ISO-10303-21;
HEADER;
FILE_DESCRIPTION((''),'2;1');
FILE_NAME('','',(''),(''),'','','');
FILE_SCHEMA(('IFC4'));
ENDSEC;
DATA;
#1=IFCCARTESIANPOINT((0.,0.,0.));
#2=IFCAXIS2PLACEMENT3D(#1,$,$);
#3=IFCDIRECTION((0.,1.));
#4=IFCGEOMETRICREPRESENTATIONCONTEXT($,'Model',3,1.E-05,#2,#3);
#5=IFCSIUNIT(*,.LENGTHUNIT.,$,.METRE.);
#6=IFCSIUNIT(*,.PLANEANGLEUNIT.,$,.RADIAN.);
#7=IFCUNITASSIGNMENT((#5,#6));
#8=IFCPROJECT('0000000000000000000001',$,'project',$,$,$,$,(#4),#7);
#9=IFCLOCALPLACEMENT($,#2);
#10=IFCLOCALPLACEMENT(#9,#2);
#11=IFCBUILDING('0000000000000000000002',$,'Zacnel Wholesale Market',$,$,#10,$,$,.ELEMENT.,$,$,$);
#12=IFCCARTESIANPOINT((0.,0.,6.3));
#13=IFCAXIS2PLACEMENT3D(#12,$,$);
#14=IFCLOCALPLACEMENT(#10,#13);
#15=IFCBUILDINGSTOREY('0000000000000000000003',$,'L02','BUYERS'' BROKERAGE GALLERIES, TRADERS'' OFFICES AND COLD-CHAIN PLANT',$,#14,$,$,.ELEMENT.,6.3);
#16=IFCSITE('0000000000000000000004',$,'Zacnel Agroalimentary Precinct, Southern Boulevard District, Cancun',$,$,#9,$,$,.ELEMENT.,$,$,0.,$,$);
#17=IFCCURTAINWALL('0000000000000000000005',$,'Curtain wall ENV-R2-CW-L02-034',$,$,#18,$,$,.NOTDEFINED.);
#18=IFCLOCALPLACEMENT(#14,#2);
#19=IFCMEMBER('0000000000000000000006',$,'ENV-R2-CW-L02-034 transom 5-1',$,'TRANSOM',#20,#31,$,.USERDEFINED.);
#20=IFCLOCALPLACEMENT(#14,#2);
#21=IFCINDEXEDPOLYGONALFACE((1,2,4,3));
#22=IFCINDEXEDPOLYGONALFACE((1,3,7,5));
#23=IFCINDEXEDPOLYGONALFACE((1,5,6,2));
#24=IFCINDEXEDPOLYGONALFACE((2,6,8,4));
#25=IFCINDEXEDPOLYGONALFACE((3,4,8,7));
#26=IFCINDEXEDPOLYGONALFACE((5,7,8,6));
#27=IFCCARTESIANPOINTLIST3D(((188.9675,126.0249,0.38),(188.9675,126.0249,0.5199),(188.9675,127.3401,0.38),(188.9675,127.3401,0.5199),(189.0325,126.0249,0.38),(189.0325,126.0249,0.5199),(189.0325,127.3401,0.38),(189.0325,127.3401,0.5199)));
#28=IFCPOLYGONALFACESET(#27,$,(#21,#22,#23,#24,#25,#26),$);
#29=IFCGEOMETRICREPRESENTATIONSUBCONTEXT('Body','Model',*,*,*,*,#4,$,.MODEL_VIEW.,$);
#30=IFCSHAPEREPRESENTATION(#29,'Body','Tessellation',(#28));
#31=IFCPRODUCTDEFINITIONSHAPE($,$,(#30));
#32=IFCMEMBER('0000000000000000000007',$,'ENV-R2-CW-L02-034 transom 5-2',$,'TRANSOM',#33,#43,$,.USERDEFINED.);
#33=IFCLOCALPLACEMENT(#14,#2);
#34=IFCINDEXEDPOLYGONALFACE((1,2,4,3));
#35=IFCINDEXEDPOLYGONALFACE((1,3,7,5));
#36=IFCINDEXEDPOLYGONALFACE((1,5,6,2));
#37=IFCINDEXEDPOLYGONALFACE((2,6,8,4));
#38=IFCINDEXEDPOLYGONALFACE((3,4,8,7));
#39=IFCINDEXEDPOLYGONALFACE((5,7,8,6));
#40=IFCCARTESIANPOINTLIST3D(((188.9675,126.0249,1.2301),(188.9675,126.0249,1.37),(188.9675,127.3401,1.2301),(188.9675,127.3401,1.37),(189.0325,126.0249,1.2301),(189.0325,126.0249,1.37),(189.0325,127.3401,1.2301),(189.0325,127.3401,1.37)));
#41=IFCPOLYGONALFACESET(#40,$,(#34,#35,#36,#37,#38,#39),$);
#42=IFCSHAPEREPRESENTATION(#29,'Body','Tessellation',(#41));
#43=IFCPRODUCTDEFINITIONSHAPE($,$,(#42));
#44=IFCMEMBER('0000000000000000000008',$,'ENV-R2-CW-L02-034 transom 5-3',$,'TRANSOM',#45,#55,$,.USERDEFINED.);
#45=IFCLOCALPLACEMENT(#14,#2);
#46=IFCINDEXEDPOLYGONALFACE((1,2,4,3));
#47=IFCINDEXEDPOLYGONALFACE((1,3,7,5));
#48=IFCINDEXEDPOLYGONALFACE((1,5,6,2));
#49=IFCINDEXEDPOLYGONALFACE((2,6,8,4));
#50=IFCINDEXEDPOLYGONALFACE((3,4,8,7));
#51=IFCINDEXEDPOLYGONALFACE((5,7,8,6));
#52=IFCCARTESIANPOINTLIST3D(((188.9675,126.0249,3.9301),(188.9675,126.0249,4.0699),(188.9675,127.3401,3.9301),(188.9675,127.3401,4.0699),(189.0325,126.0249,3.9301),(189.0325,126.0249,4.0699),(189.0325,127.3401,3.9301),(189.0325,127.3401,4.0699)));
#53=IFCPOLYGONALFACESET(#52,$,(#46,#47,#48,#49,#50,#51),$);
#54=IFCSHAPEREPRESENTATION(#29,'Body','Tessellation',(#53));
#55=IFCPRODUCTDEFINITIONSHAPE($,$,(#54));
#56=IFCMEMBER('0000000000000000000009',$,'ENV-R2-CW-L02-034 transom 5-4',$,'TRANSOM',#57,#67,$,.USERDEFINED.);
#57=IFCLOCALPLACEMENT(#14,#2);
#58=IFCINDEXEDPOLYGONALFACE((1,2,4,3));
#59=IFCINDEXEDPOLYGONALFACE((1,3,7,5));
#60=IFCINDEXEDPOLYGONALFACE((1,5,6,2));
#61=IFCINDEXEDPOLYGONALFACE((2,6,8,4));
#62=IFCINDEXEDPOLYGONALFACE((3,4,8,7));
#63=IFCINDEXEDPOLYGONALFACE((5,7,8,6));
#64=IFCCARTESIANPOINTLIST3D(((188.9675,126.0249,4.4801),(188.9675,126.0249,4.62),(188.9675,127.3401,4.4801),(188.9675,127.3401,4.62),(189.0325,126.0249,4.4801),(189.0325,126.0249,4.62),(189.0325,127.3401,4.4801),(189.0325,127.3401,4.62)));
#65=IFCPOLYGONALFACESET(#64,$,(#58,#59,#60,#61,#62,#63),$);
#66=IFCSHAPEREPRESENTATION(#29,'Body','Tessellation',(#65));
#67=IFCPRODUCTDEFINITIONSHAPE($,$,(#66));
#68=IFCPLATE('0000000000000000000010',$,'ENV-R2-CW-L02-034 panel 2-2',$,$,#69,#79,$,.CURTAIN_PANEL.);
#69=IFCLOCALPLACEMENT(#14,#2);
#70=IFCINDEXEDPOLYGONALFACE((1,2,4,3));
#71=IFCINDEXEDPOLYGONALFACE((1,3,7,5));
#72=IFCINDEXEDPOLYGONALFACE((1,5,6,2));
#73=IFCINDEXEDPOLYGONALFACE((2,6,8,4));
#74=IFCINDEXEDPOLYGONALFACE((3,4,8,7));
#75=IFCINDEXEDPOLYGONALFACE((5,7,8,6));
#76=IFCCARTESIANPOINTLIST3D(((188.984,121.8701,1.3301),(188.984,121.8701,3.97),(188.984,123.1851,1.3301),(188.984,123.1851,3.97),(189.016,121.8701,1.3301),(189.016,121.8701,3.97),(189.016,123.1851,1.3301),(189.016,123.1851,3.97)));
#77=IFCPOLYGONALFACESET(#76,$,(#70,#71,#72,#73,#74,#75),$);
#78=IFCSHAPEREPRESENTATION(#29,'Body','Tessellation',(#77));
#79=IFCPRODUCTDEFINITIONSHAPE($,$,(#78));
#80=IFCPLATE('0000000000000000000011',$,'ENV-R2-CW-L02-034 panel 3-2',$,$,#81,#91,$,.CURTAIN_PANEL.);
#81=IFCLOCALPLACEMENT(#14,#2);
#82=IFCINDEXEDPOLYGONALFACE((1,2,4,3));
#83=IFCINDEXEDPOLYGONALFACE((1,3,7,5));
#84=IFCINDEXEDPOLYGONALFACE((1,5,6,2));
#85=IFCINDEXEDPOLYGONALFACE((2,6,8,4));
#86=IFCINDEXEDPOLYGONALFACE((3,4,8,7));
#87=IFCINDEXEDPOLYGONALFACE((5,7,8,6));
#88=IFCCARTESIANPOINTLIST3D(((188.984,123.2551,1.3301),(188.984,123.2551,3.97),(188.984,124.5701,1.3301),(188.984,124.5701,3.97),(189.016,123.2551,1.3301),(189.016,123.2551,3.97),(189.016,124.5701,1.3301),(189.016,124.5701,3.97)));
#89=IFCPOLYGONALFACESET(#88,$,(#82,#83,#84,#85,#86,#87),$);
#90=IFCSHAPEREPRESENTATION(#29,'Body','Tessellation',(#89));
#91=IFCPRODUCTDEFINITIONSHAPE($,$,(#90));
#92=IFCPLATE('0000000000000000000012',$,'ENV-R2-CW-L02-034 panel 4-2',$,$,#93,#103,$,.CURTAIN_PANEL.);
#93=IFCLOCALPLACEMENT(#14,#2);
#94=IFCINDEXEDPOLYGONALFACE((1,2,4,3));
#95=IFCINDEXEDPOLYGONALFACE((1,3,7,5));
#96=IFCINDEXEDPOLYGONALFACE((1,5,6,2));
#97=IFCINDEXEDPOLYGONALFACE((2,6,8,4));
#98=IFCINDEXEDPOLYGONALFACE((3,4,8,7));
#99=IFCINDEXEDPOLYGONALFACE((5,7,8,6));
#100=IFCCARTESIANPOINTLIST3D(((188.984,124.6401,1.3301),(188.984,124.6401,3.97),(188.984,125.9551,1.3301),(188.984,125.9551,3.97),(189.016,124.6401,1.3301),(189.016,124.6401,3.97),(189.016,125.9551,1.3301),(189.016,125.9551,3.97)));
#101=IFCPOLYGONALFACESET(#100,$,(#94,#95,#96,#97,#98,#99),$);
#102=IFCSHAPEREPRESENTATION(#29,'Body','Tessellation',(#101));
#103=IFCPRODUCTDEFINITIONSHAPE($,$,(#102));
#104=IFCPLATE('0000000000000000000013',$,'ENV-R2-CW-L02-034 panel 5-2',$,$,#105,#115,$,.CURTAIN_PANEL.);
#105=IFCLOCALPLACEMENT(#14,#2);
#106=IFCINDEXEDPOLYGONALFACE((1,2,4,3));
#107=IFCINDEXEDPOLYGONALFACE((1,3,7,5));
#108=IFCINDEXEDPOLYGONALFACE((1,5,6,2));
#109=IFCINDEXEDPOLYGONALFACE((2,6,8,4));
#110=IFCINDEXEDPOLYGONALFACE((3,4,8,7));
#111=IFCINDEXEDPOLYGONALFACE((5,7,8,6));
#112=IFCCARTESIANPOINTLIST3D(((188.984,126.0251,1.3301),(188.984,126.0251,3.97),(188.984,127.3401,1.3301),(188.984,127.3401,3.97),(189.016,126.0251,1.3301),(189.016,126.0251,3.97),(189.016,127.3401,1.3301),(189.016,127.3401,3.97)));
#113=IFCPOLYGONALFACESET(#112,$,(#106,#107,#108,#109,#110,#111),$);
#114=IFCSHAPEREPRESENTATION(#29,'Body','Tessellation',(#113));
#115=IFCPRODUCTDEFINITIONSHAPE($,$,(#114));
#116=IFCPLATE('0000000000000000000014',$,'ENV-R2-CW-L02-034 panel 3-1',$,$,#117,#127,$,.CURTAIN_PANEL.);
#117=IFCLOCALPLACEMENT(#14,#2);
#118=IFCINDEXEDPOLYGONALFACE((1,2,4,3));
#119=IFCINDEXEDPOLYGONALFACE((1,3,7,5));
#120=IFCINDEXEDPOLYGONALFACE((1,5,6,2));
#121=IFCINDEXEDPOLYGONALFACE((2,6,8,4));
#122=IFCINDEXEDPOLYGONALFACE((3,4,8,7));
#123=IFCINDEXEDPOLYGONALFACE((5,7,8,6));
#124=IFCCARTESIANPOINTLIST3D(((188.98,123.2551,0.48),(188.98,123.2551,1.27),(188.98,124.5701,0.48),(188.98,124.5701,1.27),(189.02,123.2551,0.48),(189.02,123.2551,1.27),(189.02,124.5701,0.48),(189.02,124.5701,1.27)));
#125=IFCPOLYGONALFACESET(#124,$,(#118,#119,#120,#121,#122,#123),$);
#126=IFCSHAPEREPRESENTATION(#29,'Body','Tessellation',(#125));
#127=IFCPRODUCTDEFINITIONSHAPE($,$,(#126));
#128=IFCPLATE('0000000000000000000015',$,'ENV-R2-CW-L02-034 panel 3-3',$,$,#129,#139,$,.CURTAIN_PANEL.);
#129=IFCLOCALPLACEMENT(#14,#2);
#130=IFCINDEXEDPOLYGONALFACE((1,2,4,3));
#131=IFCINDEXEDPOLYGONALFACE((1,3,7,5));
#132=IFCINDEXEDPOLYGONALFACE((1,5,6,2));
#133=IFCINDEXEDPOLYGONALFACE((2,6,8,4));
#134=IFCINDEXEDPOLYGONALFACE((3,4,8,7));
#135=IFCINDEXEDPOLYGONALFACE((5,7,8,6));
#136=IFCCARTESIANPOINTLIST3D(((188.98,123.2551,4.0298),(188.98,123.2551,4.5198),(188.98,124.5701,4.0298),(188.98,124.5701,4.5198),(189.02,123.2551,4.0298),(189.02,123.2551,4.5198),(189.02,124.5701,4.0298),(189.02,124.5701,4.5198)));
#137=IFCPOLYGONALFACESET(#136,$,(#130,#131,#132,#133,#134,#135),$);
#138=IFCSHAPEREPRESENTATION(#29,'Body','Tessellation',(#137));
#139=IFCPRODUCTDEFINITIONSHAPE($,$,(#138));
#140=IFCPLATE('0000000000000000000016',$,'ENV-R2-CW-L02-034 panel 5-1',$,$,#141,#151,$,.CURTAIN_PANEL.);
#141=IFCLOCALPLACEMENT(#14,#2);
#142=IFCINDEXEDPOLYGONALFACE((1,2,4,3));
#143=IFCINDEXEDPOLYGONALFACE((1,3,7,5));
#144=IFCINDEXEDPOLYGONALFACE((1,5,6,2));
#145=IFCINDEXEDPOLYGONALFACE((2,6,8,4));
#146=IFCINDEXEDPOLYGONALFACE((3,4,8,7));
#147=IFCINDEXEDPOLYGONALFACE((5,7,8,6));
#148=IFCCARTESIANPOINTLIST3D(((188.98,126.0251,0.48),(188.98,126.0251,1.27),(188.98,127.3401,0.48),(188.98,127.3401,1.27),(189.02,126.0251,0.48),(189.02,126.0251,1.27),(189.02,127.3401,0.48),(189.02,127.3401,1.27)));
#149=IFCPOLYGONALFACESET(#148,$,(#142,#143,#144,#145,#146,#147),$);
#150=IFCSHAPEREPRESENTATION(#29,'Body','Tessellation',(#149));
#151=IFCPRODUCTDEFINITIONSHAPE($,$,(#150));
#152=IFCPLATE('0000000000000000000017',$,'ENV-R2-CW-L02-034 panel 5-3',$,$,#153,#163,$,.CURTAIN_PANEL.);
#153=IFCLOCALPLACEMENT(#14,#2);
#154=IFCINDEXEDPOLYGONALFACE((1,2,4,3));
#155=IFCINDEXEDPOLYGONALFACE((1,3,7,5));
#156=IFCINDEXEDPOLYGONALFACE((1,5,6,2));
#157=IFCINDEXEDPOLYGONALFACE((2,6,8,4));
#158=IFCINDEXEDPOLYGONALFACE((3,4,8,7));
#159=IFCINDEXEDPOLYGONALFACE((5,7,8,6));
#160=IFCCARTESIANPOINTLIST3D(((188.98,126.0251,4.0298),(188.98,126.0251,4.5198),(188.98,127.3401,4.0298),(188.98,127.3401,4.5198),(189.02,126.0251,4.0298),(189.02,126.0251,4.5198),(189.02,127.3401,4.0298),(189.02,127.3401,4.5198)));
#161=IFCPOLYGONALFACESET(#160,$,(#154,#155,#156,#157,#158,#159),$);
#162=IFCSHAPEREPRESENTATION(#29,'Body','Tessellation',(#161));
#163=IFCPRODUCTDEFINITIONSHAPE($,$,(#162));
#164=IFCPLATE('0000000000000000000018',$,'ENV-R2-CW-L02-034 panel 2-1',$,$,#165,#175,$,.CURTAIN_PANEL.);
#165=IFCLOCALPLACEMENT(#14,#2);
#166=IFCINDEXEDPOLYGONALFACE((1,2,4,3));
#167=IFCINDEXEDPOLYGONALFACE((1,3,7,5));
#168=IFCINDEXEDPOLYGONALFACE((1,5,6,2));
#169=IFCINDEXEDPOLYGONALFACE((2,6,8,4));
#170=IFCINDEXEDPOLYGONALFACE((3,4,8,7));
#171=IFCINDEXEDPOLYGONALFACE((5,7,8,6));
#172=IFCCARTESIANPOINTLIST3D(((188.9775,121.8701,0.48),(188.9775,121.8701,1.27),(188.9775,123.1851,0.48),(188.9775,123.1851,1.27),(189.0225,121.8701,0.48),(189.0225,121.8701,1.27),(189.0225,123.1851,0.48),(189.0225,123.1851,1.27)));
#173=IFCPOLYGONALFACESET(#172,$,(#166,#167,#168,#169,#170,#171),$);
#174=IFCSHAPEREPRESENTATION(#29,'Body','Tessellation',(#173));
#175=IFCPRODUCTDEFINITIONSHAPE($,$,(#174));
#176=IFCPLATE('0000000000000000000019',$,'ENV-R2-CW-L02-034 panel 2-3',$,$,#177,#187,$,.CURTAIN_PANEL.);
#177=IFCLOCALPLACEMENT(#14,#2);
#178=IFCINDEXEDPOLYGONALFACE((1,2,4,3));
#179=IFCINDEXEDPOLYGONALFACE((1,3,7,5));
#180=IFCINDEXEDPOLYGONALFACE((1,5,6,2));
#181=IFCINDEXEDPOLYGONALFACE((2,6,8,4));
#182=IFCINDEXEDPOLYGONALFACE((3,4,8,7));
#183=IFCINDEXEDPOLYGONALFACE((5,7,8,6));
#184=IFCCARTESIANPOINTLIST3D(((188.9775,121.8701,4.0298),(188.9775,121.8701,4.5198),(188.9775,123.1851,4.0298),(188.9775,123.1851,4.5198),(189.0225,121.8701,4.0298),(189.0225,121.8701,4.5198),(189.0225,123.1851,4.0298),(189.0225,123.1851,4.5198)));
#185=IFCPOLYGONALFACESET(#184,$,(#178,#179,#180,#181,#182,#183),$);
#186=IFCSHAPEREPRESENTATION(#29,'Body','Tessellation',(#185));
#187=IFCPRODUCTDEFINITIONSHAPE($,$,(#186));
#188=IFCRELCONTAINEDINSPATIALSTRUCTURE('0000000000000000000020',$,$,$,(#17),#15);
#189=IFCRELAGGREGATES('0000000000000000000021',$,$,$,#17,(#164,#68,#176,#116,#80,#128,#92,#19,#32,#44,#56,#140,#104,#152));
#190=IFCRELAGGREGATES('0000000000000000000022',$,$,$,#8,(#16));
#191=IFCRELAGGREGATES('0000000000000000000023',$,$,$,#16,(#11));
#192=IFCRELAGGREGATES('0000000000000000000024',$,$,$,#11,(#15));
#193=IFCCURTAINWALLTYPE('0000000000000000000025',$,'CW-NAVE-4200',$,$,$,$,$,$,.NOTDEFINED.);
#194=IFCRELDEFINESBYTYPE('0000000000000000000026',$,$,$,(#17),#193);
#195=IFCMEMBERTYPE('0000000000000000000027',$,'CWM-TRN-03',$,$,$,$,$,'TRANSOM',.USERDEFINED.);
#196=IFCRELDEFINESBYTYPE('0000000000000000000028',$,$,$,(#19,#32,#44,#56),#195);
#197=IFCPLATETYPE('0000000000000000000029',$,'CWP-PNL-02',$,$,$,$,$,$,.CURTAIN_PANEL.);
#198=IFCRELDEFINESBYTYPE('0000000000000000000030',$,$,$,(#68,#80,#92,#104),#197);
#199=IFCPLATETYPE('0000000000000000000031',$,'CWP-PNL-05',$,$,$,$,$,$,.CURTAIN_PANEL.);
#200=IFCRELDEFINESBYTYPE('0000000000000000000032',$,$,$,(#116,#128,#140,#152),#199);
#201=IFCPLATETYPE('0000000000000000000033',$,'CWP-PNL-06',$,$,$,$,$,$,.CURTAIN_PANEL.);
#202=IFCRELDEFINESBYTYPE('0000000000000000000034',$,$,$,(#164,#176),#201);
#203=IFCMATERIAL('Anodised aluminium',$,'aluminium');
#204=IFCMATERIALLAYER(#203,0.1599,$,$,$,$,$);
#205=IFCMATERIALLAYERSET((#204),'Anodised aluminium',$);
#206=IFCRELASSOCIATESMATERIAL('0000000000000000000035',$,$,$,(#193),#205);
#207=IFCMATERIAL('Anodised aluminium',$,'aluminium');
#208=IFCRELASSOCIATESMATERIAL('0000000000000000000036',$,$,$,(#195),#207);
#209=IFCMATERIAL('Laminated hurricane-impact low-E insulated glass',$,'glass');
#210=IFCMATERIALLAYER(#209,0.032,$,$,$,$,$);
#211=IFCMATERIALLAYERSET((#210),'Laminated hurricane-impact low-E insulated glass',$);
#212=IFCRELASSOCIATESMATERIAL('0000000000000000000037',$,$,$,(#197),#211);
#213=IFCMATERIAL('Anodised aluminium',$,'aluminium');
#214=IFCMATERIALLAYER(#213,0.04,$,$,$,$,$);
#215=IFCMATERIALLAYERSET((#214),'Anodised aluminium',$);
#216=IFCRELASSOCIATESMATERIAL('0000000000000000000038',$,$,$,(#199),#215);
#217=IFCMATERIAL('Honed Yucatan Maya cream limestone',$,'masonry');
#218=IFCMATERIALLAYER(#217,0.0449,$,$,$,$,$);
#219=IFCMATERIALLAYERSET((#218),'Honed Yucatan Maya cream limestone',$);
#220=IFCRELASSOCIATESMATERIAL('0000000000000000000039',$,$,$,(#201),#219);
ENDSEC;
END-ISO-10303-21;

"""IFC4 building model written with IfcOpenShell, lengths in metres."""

from ifc_helpers import new_model, si_unit, direction, frame, origin, origin_2d, place, context, subcontext, project, spatial, rectangle, extrude, material, layer, layer_set, material_profile, profile_set, type_object, element, aggregate, save


model = new_model("IFC4")

# Units and contexts
model_context = context("Model", 3, precision=1e-05, world=origin(), true_north=direction((0.0, 1.0)))
body_context = subcontext(model_context, "Body", "Model", "MODEL_VIEW")
ifc_project = project(units=[si_unit("LENGTHUNIT", "METRE"), si_unit("PLANEANGLEUNIT", "RADIAN")], contexts=[model_context])

# Site, building, storey
site_placement = place(None, origin())
site = spatial("IfcSite", under=ifc_project, at=site_placement, Name="Zacnel Agroalimentary Precinct, Southern Boulevard District, Cancun", CompositionType="ELEMENT", RefElevation=0.0)
building_placement = place(site_placement, origin())
building = spatial("IfcBuilding", under=site, at=building_placement, Name="Zacnel Wholesale Market", CompositionType="ELEMENT")
storey_placement = place(building_placement, frame((0.0, 0.0, 6.3)))
storey = spatial("IfcBuildingStorey", under=building, at=storey_placement, Name="L02", Description="BUYERS' BROKERAGE GALLERIES, TRADERS' OFFICES AND COLD-CHAIN PLANT", CompositionType="ELEMENT", Elevation=6.3)

# Curtain wall, members, plates
ifc_material_1 = material(Name="Anodised aluminium", Category="aluminium")
ifc_layer_1 = layer(ifc_material_1, 0.1599)
ifc_layer_set_1 = layer_set([ifc_layer_1], Name="Anodised aluminium")
curtain_wall_type = type_object("IfcCurtainWallType", Name="CW-NAVE-4200", PredefinedType="NOTDEFINED", material=ifc_layer_set_1)
curtain_wall_placement = place(storey_placement, origin())
curtain_wall = element("IfcCurtainWall", 1, at=curtain_wall_placement, inside=storey, type_object=curtain_wall_type, Name="Curtain wall ENV-R2-CW-L02-034", PredefinedType="NOTDEFINED")
ifc_material_2 = material(Name="Anodised aluminium", Category="aluminium")
ifc_material_profile_1 = material_profile(ifc_material_2, rectangle(XDim=0.0649, YDim=0.1399, at=origin_2d()), Name="AW-TRANSOM 65x140")
ifc_profile_set_1 = profile_set([ifc_material_profile_1], Name="Anodised aluminium")
member_type_1 = type_object("IfcMemberType", Name="CWM-TRN-03", ElementType="TRANSOM", PredefinedType="USERDEFINED", material=ifc_profile_set_1)
member_1_placement = place(storey_placement, frame((189.0, 126.0249, 0.45), z_axis=(0.0, 1.0, 0.0), x_axis=(-1.0, 0.0, 0.0)))
member_1 = element("IfcMember", 2, at=member_1_placement, type_object=member_type_1, Name="ENV-R2-CW-L02-034 transom 5-1", ObjectType="TRANSOM", PredefinedType="USERDEFINED", context=body_context, shape_type="SweptSolid", body=[
    extrude(rectangle(XDim=0.0649, YDim=0.1399, at=origin_2d()), origin(), (0.0, 0.0, 1.0), 1.3152),
])
member_2_placement = place(storey_placement, frame((189.0, 126.0249, 1.3), z_axis=(0.0, 1.0, 0.0), x_axis=(-1.0, 0.0, 0.0)))
member_2 = element("IfcMember", 3, at=member_2_placement, type_object=member_type_1, Name="ENV-R2-CW-L02-034 transom 5-2", ObjectType="TRANSOM", PredefinedType="USERDEFINED", context=body_context, shape_type="SweptSolid", body=[
    extrude(rectangle(XDim=0.0649, YDim=0.1399, at=origin_2d()), origin(), (0.0, 0.0, 1.0), 1.3152),
])
member_3_placement = place(storey_placement, frame((189.0, 126.0249, 4.0), z_axis=(0.0, 1.0, 0.0), x_axis=(-1.0, 0.0, 0.0)))
member_3 = element("IfcMember", 4, at=member_3_placement, type_object=member_type_1, Name="ENV-R2-CW-L02-034 transom 5-3", ObjectType="TRANSOM", PredefinedType="USERDEFINED", context=body_context, shape_type="SweptSolid", body=[
    extrude(rectangle(XDim=0.0649, YDim=0.1399, at=origin_2d()), origin(), (0.0, 0.0, 1.0), 1.3152),
])
member_4_placement = place(storey_placement, frame((189.0, 126.0249, 4.55), z_axis=(0.0, 1.0, 0.0), x_axis=(-1.0, 0.0, 0.0)))
member_4 = element("IfcMember", 5, at=member_4_placement, type_object=member_type_1, Name="ENV-R2-CW-L02-034 transom 5-4", ObjectType="TRANSOM", PredefinedType="USERDEFINED", context=body_context, shape_type="SweptSolid", body=[
    extrude(rectangle(XDim=0.0649, YDim=0.1399, at=origin_2d()), origin(), (0.0, 0.0, 1.0), 1.3152),
])
ifc_material_3 = material(Name="Laminated hurricane-impact low-E insulated glass", Category="glass")
ifc_layer_2 = layer(ifc_material_3, 0.032)
ifc_layer_set_2 = layer_set([ifc_layer_2], Name="Laminated hurricane-impact low-E insulated glass")
plate_type_1 = type_object("IfcPlateType", Name="CWP-PNL-02", PredefinedType="CURTAIN_PANEL", material=ifc_layer_set_2)
plate_1_placement = place(storey_placement, frame((189.0, 122.5276, 1.3301), z_axis=(0.0, 0.0, 1.0), x_axis=(0.0, 1.0, 0.0)))
plate_1 = element("IfcPlate", 6, at=plate_1_placement, type_object=plate_type_1, Name="ENV-R2-CW-L02-034 panel 2-2", PredefinedType="CURTAIN_PANEL", context=body_context, shape_type="SweptSolid", body=[
    extrude(rectangle(XDim=1.3149, YDim=0.032, at=origin_2d()), origin(), (0.0, 0.0, 1.0), 2.6399),
])
plate_2_placement = place(storey_placement, frame((189.0, 123.9126, 1.3301), z_axis=(0.0, 0.0, 1.0), x_axis=(0.0, 1.0, 0.0)))
plate_2 = element("IfcPlate", 7, at=plate_2_placement, type_object=plate_type_1, Name="ENV-R2-CW-L02-034 panel 3-2", PredefinedType="CURTAIN_PANEL", context=body_context, shape_type="SweptSolid", body=[
    extrude(rectangle(XDim=1.3149, YDim=0.032, at=origin_2d()), origin(), (0.0, 0.0, 1.0), 2.6399),
])
plate_3_placement = place(storey_placement, frame((189.0, 125.2976, 1.3301), z_axis=(0.0, 0.0, 1.0), x_axis=(0.0, 1.0, 0.0)))
plate_3 = element("IfcPlate", 8, at=plate_3_placement, type_object=plate_type_1, Name="ENV-R2-CW-L02-034 panel 4-2", PredefinedType="CURTAIN_PANEL", context=body_context, shape_type="SweptSolid", body=[
    extrude(rectangle(XDim=1.3149, YDim=0.032, at=origin_2d()), origin(), (0.0, 0.0, 1.0), 2.6399),
])
plate_4_placement = place(storey_placement, frame((189.0, 126.6826, 1.3301), z_axis=(0.0, 0.0, 1.0), x_axis=(0.0, 1.0, 0.0)))
plate_4 = element("IfcPlate", 9, at=plate_4_placement, type_object=plate_type_1, Name="ENV-R2-CW-L02-034 panel 5-2", PredefinedType="CURTAIN_PANEL", context=body_context, shape_type="SweptSolid", body=[
    extrude(rectangle(XDim=1.3149, YDim=0.032, at=origin_2d()), origin(), (0.0, 0.0, 1.0), 2.6399),
])
ifc_material_4 = material(Name="Anodised aluminium", Category="aluminium")
ifc_layer_3 = layer(ifc_material_4, 0.04)
ifc_layer_set_3 = layer_set([ifc_layer_3], Name="Anodised aluminium")
plate_type_2 = type_object("IfcPlateType", Name="CWP-PNL-05", PredefinedType="CURTAIN_PANEL", material=ifc_layer_set_3)
plate_5_placement = place(storey_placement, frame((189.0, 123.9126, 0.48), z_axis=(0.0, 0.0, 1.0), x_axis=(0.0, 1.0, 0.0)))
plate_5 = element("IfcPlate", 10, at=plate_5_placement, type_object=plate_type_2, Name="ENV-R2-CW-L02-034 panel 3-1", PredefinedType="CURTAIN_PANEL", context=body_context, shape_type="SweptSolid", body=[
    extrude(rectangle(XDim=1.3149, YDim=0.04, at=origin_2d()), origin(), (0.0, 0.0, 1.0), 0.79),
])
plate_6_placement = place(storey_placement, frame((189.0, 123.9126, 4.0298), z_axis=(0.0, 0.0, 1.0), x_axis=(0.0, 1.0, 0.0)))
plate_6 = element("IfcPlate", 11, at=plate_6_placement, type_object=plate_type_2, Name="ENV-R2-CW-L02-034 panel 3-3", PredefinedType="CURTAIN_PANEL", context=body_context, shape_type="SweptSolid", body=[
    extrude(rectangle(XDim=1.3149, YDim=0.04, at=origin_2d()), origin(), (0.0, 0.0, 1.0), 0.49),
])
plate_7_placement = place(storey_placement, frame((189.0, 126.6826, 0.48), z_axis=(0.0, 0.0, 1.0), x_axis=(0.0, 1.0, 0.0)))
plate_7 = element("IfcPlate", 12, at=plate_7_placement, type_object=plate_type_2, Name="ENV-R2-CW-L02-034 panel 5-1", PredefinedType="CURTAIN_PANEL", context=body_context, shape_type="SweptSolid", body=[
    extrude(rectangle(XDim=1.3149, YDim=0.04, at=origin_2d()), origin(), (0.0, 0.0, 1.0), 0.79),
])
plate_8_placement = place(storey_placement, frame((189.0, 126.6826, 4.0298), z_axis=(0.0, 0.0, 1.0), x_axis=(0.0, 1.0, 0.0)))
plate_8 = element("IfcPlate", 13, at=plate_8_placement, type_object=plate_type_2, Name="ENV-R2-CW-L02-034 panel 5-3", PredefinedType="CURTAIN_PANEL", context=body_context, shape_type="SweptSolid", body=[
    extrude(rectangle(XDim=1.3149, YDim=0.04, at=origin_2d()), origin(), (0.0, 0.0, 1.0), 0.49),
])
ifc_material_5 = material(Name="Honed Yucatan Maya cream limestone", Category="masonry")
ifc_layer_4 = layer(ifc_material_5, 0.0449)
ifc_layer_set_4 = layer_set([ifc_layer_4], Name="Honed Yucatan Maya cream limestone")
plate_type_3 = type_object("IfcPlateType", Name="CWP-PNL-06", PredefinedType="CURTAIN_PANEL", material=ifc_layer_set_4)
plate_9_placement = place(storey_placement, frame((189.0, 122.5276, 0.48), z_axis=(0.0, 0.0, 1.0), x_axis=(0.0, 1.0, 0.0)))
plate_9 = element("IfcPlate", 14, at=plate_9_placement, type_object=plate_type_3, Name="ENV-R2-CW-L02-034 panel 2-1", PredefinedType="CURTAIN_PANEL", context=body_context, shape_type="SweptSolid", body=[
    extrude(rectangle(XDim=1.3149, YDim=0.0449, at=origin_2d()), origin(), (0.0, 0.0, 1.0), 0.79),
])
plate_10_placement = place(storey_placement, frame((189.0, 122.5276, 4.0298), z_axis=(0.0, 0.0, 1.0), x_axis=(0.0, 1.0, 0.0)))
plate_10 = element("IfcPlate", 15, at=plate_10_placement, type_object=plate_type_3, Name="ENV-R2-CW-L02-034 panel 2-3", PredefinedType="CURTAIN_PANEL", context=body_context, shape_type="SweptSolid", body=[
    extrude(rectangle(XDim=1.3149, YDim=0.0449, at=origin_2d()), origin(), (0.0, 0.0, 1.0), 0.49),
])
aggregate(curtain_wall, [plate_9, plate_1, plate_10, plate_5, plate_2, plate_6, plate_3, member_1, member_2, member_3, member_4, plate_7, plate_4, plate_8])

save(model, "model.ifc")
